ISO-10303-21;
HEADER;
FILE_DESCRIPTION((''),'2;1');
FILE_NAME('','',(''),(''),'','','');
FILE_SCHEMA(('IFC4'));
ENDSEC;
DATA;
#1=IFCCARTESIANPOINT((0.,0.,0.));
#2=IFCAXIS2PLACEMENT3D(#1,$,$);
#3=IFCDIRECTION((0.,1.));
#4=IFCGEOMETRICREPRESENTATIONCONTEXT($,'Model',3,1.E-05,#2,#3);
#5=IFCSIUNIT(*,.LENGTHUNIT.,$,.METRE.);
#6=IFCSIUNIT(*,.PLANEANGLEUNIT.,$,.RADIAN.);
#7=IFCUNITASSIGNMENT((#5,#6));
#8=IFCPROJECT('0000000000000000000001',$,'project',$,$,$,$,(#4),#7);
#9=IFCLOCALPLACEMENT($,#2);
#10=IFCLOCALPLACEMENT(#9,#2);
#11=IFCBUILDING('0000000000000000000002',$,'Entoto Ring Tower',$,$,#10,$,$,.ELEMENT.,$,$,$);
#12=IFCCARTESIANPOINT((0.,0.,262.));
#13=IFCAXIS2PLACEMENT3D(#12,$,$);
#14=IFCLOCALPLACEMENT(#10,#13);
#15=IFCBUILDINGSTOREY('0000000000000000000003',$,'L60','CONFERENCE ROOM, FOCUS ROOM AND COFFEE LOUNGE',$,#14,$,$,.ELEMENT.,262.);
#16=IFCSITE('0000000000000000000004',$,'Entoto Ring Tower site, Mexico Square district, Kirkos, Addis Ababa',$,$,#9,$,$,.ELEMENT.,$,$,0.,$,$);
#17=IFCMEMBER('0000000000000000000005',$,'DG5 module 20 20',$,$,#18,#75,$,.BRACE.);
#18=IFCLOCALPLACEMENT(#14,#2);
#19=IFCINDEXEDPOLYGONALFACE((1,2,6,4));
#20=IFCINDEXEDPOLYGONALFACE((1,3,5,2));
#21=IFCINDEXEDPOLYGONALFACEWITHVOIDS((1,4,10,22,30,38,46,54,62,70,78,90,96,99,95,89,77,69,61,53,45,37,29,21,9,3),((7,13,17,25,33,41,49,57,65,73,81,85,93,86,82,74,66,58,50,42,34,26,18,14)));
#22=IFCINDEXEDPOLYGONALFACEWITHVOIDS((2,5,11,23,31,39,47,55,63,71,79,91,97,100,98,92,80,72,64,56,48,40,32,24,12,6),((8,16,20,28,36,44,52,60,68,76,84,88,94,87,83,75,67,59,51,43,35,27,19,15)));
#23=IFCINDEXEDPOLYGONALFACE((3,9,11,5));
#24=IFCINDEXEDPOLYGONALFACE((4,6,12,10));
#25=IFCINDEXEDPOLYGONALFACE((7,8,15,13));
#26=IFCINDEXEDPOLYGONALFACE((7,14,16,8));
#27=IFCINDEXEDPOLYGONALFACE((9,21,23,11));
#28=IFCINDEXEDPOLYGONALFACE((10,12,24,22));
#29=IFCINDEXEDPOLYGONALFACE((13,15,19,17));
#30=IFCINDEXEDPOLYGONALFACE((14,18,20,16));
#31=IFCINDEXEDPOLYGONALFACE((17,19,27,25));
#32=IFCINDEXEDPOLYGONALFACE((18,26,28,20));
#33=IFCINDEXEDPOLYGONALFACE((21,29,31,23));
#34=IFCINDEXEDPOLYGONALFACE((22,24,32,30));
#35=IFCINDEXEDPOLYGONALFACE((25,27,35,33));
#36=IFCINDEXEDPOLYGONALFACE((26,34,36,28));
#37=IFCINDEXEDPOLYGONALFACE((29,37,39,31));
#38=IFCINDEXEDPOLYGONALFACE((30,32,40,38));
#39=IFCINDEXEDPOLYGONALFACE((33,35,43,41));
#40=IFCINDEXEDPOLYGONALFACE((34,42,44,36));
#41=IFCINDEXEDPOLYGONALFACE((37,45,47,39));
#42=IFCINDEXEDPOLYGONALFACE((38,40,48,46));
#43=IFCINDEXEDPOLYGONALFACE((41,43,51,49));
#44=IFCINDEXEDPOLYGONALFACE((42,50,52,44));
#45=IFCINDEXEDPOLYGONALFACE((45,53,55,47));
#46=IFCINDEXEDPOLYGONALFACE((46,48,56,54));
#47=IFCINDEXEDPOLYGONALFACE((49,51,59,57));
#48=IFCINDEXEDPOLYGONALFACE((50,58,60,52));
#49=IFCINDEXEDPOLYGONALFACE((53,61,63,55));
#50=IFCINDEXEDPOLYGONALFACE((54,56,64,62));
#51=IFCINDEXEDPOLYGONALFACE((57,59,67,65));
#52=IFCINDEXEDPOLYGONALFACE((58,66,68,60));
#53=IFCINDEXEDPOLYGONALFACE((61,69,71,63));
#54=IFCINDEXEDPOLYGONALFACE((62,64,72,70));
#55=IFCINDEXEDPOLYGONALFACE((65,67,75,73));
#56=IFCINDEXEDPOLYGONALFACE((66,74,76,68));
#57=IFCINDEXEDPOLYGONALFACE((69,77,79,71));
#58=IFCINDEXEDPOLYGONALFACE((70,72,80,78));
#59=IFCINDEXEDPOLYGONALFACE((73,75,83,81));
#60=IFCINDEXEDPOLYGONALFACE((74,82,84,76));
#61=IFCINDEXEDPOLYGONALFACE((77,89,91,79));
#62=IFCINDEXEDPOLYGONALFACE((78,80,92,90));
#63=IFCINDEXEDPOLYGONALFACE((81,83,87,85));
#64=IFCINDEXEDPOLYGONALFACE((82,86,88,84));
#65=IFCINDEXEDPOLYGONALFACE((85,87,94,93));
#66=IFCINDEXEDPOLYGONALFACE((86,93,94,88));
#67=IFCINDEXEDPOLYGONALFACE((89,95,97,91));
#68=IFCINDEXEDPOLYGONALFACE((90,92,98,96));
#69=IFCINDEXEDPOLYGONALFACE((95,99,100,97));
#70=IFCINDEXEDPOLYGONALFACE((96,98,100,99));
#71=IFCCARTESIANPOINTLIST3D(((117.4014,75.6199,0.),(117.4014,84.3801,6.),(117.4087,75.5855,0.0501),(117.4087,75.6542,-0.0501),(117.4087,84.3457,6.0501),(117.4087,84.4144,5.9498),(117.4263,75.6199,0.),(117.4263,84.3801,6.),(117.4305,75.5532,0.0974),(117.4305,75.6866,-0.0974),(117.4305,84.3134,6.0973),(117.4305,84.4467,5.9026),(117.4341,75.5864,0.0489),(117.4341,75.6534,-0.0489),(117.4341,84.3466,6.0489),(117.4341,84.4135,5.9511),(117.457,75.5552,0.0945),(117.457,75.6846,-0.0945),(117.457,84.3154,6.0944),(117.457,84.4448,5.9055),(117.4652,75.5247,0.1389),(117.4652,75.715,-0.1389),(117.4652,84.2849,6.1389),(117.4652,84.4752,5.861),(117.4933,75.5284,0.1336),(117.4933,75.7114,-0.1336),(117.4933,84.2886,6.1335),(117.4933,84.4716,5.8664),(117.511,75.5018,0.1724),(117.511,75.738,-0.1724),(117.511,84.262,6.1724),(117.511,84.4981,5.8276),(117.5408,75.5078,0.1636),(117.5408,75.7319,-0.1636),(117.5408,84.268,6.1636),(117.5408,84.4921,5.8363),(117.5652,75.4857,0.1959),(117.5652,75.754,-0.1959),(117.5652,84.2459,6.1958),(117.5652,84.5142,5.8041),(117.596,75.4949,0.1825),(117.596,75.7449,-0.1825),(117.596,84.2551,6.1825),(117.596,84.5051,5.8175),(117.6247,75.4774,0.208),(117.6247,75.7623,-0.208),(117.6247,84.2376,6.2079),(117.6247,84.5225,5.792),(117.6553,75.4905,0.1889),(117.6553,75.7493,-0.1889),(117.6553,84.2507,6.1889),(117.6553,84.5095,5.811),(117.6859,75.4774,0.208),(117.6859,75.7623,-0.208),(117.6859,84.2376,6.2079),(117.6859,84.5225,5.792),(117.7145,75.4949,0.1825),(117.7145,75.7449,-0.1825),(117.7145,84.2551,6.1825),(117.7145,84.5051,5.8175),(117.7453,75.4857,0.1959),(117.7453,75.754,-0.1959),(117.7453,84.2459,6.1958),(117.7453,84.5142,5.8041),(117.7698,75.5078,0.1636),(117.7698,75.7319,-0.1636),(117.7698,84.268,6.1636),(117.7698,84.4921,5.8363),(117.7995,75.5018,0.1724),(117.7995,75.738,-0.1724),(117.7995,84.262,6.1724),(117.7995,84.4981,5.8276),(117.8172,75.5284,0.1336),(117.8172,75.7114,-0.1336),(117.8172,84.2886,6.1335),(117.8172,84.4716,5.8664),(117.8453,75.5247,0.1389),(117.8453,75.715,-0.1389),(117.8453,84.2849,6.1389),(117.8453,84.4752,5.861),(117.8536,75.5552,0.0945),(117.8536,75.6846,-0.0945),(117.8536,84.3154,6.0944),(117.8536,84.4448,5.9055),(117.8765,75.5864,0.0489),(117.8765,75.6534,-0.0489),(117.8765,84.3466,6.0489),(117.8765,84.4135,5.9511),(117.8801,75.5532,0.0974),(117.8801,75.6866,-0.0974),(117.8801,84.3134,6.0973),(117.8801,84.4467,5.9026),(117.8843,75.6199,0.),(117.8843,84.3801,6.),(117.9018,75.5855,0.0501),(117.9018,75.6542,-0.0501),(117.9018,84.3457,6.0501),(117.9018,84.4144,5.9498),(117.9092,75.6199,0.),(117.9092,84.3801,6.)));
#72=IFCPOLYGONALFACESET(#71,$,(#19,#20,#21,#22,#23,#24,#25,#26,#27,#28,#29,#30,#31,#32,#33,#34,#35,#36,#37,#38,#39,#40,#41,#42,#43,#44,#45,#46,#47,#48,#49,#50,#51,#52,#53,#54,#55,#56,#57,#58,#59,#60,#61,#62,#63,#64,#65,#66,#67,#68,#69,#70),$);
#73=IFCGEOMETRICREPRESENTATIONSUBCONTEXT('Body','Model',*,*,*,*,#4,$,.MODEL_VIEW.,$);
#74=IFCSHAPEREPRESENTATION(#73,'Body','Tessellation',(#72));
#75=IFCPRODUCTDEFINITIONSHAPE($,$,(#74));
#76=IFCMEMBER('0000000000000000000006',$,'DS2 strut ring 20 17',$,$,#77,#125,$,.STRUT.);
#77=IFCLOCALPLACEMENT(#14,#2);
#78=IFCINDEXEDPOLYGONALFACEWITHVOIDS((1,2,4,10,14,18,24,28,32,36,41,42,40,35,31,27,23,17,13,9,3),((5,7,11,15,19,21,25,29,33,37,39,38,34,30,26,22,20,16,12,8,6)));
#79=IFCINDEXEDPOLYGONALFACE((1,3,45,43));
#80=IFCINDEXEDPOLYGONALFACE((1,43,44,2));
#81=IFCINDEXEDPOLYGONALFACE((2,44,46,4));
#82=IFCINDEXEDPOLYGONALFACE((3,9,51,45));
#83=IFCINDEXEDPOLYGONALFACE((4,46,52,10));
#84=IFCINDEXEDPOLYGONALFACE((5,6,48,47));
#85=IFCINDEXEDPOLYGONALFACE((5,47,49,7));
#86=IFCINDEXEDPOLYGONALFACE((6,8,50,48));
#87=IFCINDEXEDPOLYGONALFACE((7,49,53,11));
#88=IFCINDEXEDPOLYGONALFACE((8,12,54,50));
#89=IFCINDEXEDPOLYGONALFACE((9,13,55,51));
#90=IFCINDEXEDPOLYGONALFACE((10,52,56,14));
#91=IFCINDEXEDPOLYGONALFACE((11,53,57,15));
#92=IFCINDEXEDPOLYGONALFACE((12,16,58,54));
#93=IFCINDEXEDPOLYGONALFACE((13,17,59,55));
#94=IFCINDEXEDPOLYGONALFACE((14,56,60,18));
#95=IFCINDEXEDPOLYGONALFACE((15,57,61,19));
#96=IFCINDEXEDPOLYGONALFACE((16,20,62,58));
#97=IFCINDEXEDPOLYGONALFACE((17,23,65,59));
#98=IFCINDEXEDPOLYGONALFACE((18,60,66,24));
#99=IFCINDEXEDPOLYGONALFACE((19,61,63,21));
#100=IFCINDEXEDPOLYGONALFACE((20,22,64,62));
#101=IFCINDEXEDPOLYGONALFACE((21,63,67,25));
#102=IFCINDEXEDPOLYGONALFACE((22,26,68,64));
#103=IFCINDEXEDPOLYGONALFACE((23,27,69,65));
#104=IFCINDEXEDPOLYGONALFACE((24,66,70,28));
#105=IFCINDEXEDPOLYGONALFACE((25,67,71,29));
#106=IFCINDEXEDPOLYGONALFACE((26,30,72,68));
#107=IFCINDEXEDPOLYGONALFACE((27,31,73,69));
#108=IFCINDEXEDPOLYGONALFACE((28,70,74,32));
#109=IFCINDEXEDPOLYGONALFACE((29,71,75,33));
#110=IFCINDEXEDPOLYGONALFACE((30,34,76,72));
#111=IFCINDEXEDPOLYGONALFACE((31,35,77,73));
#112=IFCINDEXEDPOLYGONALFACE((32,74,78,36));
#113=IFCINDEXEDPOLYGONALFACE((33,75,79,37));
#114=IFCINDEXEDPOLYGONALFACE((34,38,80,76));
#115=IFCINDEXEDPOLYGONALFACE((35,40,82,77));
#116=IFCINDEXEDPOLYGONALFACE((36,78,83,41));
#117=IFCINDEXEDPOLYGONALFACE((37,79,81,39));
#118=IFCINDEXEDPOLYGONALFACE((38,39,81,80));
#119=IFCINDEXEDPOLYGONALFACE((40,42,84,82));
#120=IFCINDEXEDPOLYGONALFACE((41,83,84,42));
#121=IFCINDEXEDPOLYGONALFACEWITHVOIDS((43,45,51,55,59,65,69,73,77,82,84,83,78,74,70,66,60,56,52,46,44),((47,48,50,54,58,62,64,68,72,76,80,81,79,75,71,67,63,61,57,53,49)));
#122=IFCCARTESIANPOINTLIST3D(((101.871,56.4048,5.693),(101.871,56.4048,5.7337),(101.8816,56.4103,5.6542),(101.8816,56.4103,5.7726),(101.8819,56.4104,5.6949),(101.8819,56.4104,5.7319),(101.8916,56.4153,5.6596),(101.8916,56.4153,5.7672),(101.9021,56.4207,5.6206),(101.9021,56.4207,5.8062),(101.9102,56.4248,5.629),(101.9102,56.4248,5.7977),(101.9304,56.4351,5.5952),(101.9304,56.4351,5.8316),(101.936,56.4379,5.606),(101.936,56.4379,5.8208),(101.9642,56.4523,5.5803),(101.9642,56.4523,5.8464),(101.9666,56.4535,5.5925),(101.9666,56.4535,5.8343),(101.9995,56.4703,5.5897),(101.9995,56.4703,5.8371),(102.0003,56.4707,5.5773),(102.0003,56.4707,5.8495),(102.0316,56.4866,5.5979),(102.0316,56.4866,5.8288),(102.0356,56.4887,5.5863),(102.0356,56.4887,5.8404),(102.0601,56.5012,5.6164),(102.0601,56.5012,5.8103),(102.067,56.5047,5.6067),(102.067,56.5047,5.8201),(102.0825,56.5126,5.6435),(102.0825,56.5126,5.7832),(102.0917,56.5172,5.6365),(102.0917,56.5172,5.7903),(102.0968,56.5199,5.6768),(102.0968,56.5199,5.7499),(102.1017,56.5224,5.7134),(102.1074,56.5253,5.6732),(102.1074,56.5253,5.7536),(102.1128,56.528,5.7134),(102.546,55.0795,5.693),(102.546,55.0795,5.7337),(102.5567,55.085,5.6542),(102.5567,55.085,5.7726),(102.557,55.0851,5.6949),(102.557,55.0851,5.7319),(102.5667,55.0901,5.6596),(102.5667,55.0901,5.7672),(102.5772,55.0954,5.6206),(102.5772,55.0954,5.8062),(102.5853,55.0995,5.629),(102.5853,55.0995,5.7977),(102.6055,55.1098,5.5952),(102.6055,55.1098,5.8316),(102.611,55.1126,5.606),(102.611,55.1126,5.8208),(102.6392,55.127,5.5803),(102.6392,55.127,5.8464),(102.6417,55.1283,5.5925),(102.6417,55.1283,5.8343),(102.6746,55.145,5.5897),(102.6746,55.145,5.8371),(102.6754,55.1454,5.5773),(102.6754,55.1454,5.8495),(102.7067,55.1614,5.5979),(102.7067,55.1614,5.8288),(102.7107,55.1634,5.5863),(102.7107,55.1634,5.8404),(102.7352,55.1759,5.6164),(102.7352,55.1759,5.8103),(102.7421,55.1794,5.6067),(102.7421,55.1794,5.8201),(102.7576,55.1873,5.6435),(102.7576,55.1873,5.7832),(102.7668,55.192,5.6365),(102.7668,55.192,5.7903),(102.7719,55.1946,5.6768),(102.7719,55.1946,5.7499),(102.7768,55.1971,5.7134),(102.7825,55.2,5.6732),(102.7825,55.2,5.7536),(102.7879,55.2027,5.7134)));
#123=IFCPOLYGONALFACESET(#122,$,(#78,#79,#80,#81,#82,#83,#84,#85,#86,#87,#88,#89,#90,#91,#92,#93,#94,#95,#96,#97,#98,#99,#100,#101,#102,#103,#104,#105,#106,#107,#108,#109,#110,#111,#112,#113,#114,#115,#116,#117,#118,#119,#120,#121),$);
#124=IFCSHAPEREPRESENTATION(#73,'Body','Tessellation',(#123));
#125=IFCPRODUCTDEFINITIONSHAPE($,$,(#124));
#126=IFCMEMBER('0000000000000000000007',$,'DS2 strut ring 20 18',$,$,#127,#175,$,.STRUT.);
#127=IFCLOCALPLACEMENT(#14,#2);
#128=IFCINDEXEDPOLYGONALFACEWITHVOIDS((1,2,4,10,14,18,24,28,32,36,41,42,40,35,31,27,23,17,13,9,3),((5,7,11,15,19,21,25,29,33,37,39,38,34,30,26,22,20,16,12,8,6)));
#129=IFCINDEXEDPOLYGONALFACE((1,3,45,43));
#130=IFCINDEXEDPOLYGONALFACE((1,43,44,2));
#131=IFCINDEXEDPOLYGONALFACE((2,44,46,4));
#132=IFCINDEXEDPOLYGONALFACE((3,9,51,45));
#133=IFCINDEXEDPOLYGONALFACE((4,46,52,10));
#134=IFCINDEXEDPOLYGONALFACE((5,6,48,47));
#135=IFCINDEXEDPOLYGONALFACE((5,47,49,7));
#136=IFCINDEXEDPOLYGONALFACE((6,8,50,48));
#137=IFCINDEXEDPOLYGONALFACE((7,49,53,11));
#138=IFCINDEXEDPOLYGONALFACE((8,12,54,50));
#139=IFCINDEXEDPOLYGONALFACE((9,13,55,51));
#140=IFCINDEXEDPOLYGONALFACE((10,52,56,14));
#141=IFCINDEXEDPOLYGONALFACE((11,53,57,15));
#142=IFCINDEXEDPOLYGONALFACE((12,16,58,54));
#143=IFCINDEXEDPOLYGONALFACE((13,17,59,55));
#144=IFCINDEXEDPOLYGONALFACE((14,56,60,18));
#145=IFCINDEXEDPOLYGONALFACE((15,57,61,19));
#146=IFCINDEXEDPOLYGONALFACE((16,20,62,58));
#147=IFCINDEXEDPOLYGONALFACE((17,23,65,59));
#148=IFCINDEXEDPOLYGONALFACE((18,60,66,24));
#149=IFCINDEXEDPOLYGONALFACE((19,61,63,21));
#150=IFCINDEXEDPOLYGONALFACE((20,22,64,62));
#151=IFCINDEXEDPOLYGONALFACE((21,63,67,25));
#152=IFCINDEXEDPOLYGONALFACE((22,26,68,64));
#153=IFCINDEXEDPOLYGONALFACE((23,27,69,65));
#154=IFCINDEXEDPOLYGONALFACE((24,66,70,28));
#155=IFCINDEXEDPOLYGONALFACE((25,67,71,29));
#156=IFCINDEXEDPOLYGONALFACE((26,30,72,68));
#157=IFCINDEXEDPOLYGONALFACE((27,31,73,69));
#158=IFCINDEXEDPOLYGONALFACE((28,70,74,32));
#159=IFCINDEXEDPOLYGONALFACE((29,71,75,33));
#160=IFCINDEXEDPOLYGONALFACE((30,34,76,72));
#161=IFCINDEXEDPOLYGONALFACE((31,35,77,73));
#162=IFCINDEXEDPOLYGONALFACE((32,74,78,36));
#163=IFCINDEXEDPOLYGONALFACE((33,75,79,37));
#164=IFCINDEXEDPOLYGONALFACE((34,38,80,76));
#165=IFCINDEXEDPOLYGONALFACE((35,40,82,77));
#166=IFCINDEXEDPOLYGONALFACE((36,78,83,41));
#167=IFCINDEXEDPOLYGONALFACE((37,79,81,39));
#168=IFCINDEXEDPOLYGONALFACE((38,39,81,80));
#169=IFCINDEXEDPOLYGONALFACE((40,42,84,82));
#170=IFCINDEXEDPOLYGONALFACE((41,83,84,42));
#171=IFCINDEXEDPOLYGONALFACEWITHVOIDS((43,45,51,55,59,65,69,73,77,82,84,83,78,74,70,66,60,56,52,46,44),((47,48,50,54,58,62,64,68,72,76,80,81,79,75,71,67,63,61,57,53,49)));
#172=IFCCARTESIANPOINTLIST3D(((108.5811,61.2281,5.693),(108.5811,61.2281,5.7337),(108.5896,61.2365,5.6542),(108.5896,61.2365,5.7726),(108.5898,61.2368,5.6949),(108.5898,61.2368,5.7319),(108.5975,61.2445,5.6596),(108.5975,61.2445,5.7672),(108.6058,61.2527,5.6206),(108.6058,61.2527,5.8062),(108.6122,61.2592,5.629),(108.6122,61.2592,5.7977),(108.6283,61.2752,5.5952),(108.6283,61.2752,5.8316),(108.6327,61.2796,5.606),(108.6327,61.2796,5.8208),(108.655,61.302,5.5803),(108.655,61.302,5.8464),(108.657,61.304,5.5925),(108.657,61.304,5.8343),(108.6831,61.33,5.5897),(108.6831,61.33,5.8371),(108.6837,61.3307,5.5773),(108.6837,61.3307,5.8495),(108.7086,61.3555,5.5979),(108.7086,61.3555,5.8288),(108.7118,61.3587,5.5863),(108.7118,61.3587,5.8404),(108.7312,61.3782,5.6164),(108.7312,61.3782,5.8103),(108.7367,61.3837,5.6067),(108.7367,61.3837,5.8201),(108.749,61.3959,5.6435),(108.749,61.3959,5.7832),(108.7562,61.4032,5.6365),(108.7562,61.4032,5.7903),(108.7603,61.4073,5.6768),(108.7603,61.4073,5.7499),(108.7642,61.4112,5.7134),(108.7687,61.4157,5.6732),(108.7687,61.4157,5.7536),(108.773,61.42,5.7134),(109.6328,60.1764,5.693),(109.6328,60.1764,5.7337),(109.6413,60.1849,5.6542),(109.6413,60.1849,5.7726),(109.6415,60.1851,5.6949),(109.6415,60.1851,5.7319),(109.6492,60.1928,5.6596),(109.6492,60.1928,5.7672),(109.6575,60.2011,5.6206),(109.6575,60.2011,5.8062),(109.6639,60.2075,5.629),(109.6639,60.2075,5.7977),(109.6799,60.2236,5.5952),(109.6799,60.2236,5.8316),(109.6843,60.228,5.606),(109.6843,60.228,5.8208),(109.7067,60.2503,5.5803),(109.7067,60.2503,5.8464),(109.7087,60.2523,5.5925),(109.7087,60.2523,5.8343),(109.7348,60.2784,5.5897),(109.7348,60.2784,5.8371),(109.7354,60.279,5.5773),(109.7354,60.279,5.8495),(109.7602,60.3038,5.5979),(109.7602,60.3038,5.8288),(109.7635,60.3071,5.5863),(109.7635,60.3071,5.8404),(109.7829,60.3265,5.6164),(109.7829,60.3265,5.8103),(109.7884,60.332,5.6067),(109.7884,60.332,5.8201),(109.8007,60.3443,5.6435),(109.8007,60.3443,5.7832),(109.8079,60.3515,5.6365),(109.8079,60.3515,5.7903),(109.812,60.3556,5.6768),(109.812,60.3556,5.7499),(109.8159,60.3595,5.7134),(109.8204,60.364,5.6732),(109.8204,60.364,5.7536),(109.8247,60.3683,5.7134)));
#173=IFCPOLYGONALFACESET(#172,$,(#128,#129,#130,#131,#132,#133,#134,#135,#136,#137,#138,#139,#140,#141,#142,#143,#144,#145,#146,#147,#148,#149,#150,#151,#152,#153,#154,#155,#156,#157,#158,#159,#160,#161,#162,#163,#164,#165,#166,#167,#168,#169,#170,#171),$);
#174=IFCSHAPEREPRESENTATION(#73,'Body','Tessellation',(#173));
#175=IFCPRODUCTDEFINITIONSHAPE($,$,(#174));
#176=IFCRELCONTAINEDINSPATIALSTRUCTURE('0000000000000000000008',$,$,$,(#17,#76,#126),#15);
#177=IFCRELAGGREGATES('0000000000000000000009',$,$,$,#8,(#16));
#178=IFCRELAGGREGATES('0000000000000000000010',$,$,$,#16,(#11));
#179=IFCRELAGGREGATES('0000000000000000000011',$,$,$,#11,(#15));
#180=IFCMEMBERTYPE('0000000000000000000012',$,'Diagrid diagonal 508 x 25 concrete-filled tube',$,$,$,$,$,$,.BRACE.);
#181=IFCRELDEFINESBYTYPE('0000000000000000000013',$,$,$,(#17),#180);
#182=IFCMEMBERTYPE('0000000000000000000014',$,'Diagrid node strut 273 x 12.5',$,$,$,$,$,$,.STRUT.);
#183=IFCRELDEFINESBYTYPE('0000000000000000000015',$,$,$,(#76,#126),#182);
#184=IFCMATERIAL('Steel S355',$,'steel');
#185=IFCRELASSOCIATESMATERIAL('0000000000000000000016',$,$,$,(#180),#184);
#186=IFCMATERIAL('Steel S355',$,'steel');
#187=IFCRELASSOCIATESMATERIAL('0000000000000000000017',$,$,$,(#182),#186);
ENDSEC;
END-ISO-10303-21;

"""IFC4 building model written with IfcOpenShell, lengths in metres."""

from ifc_helpers import new_model, si_unit, direction, frame, origin, origin_2d, place, context, subcontext, project, spatial, circle, hollow_circle, extrude, material, material_profile, profile_set, type_object, element, save


model = new_model("IFC4")

# Units and contexts
model_context = context("Model", 3, precision=1e-05, world=origin(), true_north=direction((0.0, 1.0)))
body_context = subcontext(model_context, "Body", "Model", "MODEL_VIEW")
ifc_project = project(units=[si_unit("LENGTHUNIT", "METRE"), si_unit("PLANEANGLEUNIT", "RADIAN")], contexts=[model_context])

# Site, building, storey
site_placement = place(None, origin())
site = spatial("IfcSite", under=ifc_project, at=site_placement, Name="Entoto Ring Tower site, Mexico Square district, Kirkos, Addis Ababa", CompositionType="ELEMENT", RefElevation=0.0)
building_placement = place(site_placement, origin())
building = spatial("IfcBuilding", under=site, at=building_placement, Name="Entoto Ring Tower", CompositionType="ELEMENT")
storey_placement = place(building_placement, frame((0.0, 0.0, 262.0)))
storey = spatial("IfcBuildingStorey", under=building, at=storey_placement, Name="L60", Description="CONFERENCE ROOM, FOCUS ROOM AND COFFEE LOUNGE", CompositionType="ELEMENT", Elevation=262.0)

# Members
ifc_material_1 = material(Name="Steel S355", Category="steel")
ifc_material_profile_1 = material_profile(ifc_material_1, hollow_circle(Radius=0.2539, WallThickness=0.0249, at=origin_2d()), Name="CHS 508 x 25")
ifc_material_2 = material(Name="Concrete C60/75", Category="concrete")
ifc_material_profile_2 = material_profile(ifc_material_2, circle(Radius=0.229, at=origin_2d()), Name="Concrete C60/75 infill")
ifc_profile_set_1 = profile_set([ifc_material_profile_1, ifc_material_profile_2], Name="Steel S355")
member_type_1 = type_object("IfcMemberType", Name="Diagrid diagonal 508 x 25 concrete-filled tube", PredefinedType="BRACE", material=ifc_profile_set_1)
for number, where, z_axis, x_axis, name in (
    (1, (117.6553, 75.6199, 0.0), (0.0, 0.825038, 0.565078), (-1.0, 0.0, 0.0), "DG5 module 20 20"),
):
    element("IfcMember", number, at=place(storey_placement, frame(where, z_axis=z_axis, x_axis=x_axis)), inside=storey, type_object=member_type_1, Name=name, PredefinedType="BRACE", context=body_context, shape_type="SweptSolid", body=[
        extrude(hollow_circle(Radius=0.2539, WallThickness=0.0249, at=origin_2d()), origin(), (0.0, 0.0, 1.0), 10.6179),
    ])
ifc_material_3 = material(Name="Steel S355", Category="steel")
ifc_material_profile_3 = material_profile(ifc_material_3, hollow_circle(Radius=0.1365, WallThickness=0.0125, at=origin_2d()), Name="CHS 273 x 12.5")
ifc_material_4 = material(Name="Concrete C60/75", Category="concrete")
ifc_material_profile_4 = material_profile(ifc_material_4, circle(Radius=0.124, at=origin_2d()), Name="Concrete C60/75 infill")
ifc_profile_set_2 = profile_set([ifc_material_profile_3, ifc_material_profile_4], Name="Steel S355")
member_type_2 = type_object("IfcMemberType", Name="Diagrid node strut 273 x 12.5", PredefinedType="STRUT", material=ifc_profile_set_2)
for number, where, z_axis, x_axis, name in (
    (2, (101.9912, 56.4661, 5.7134), (0.453899, -0.891053, 0.0), (0.891053, 0.453899, 0.0), "DS2 strut ring 20 17"),
    (3, (108.6765, 61.3235, 5.7134), (0.707107, -0.707107, 0.0), (0.707107, 0.707107, 0.0), "DS2 strut ring 20 18"),
):
    element("IfcMember", number, at=place(storey_placement, frame(where, z_axis=z_axis, x_axis=x_axis)), inside=storey, type_object=member_type_2, Name=name, PredefinedType="STRUT", context=body_context, shape_type="SweptSolid", body=[
        extrude(hollow_circle(Radius=0.1365, WallThickness=0.0125, at=origin_2d()), origin(), (0.0, 0.0, 1.0), 1.4873),
    ])

save(model, "model.ifc")
